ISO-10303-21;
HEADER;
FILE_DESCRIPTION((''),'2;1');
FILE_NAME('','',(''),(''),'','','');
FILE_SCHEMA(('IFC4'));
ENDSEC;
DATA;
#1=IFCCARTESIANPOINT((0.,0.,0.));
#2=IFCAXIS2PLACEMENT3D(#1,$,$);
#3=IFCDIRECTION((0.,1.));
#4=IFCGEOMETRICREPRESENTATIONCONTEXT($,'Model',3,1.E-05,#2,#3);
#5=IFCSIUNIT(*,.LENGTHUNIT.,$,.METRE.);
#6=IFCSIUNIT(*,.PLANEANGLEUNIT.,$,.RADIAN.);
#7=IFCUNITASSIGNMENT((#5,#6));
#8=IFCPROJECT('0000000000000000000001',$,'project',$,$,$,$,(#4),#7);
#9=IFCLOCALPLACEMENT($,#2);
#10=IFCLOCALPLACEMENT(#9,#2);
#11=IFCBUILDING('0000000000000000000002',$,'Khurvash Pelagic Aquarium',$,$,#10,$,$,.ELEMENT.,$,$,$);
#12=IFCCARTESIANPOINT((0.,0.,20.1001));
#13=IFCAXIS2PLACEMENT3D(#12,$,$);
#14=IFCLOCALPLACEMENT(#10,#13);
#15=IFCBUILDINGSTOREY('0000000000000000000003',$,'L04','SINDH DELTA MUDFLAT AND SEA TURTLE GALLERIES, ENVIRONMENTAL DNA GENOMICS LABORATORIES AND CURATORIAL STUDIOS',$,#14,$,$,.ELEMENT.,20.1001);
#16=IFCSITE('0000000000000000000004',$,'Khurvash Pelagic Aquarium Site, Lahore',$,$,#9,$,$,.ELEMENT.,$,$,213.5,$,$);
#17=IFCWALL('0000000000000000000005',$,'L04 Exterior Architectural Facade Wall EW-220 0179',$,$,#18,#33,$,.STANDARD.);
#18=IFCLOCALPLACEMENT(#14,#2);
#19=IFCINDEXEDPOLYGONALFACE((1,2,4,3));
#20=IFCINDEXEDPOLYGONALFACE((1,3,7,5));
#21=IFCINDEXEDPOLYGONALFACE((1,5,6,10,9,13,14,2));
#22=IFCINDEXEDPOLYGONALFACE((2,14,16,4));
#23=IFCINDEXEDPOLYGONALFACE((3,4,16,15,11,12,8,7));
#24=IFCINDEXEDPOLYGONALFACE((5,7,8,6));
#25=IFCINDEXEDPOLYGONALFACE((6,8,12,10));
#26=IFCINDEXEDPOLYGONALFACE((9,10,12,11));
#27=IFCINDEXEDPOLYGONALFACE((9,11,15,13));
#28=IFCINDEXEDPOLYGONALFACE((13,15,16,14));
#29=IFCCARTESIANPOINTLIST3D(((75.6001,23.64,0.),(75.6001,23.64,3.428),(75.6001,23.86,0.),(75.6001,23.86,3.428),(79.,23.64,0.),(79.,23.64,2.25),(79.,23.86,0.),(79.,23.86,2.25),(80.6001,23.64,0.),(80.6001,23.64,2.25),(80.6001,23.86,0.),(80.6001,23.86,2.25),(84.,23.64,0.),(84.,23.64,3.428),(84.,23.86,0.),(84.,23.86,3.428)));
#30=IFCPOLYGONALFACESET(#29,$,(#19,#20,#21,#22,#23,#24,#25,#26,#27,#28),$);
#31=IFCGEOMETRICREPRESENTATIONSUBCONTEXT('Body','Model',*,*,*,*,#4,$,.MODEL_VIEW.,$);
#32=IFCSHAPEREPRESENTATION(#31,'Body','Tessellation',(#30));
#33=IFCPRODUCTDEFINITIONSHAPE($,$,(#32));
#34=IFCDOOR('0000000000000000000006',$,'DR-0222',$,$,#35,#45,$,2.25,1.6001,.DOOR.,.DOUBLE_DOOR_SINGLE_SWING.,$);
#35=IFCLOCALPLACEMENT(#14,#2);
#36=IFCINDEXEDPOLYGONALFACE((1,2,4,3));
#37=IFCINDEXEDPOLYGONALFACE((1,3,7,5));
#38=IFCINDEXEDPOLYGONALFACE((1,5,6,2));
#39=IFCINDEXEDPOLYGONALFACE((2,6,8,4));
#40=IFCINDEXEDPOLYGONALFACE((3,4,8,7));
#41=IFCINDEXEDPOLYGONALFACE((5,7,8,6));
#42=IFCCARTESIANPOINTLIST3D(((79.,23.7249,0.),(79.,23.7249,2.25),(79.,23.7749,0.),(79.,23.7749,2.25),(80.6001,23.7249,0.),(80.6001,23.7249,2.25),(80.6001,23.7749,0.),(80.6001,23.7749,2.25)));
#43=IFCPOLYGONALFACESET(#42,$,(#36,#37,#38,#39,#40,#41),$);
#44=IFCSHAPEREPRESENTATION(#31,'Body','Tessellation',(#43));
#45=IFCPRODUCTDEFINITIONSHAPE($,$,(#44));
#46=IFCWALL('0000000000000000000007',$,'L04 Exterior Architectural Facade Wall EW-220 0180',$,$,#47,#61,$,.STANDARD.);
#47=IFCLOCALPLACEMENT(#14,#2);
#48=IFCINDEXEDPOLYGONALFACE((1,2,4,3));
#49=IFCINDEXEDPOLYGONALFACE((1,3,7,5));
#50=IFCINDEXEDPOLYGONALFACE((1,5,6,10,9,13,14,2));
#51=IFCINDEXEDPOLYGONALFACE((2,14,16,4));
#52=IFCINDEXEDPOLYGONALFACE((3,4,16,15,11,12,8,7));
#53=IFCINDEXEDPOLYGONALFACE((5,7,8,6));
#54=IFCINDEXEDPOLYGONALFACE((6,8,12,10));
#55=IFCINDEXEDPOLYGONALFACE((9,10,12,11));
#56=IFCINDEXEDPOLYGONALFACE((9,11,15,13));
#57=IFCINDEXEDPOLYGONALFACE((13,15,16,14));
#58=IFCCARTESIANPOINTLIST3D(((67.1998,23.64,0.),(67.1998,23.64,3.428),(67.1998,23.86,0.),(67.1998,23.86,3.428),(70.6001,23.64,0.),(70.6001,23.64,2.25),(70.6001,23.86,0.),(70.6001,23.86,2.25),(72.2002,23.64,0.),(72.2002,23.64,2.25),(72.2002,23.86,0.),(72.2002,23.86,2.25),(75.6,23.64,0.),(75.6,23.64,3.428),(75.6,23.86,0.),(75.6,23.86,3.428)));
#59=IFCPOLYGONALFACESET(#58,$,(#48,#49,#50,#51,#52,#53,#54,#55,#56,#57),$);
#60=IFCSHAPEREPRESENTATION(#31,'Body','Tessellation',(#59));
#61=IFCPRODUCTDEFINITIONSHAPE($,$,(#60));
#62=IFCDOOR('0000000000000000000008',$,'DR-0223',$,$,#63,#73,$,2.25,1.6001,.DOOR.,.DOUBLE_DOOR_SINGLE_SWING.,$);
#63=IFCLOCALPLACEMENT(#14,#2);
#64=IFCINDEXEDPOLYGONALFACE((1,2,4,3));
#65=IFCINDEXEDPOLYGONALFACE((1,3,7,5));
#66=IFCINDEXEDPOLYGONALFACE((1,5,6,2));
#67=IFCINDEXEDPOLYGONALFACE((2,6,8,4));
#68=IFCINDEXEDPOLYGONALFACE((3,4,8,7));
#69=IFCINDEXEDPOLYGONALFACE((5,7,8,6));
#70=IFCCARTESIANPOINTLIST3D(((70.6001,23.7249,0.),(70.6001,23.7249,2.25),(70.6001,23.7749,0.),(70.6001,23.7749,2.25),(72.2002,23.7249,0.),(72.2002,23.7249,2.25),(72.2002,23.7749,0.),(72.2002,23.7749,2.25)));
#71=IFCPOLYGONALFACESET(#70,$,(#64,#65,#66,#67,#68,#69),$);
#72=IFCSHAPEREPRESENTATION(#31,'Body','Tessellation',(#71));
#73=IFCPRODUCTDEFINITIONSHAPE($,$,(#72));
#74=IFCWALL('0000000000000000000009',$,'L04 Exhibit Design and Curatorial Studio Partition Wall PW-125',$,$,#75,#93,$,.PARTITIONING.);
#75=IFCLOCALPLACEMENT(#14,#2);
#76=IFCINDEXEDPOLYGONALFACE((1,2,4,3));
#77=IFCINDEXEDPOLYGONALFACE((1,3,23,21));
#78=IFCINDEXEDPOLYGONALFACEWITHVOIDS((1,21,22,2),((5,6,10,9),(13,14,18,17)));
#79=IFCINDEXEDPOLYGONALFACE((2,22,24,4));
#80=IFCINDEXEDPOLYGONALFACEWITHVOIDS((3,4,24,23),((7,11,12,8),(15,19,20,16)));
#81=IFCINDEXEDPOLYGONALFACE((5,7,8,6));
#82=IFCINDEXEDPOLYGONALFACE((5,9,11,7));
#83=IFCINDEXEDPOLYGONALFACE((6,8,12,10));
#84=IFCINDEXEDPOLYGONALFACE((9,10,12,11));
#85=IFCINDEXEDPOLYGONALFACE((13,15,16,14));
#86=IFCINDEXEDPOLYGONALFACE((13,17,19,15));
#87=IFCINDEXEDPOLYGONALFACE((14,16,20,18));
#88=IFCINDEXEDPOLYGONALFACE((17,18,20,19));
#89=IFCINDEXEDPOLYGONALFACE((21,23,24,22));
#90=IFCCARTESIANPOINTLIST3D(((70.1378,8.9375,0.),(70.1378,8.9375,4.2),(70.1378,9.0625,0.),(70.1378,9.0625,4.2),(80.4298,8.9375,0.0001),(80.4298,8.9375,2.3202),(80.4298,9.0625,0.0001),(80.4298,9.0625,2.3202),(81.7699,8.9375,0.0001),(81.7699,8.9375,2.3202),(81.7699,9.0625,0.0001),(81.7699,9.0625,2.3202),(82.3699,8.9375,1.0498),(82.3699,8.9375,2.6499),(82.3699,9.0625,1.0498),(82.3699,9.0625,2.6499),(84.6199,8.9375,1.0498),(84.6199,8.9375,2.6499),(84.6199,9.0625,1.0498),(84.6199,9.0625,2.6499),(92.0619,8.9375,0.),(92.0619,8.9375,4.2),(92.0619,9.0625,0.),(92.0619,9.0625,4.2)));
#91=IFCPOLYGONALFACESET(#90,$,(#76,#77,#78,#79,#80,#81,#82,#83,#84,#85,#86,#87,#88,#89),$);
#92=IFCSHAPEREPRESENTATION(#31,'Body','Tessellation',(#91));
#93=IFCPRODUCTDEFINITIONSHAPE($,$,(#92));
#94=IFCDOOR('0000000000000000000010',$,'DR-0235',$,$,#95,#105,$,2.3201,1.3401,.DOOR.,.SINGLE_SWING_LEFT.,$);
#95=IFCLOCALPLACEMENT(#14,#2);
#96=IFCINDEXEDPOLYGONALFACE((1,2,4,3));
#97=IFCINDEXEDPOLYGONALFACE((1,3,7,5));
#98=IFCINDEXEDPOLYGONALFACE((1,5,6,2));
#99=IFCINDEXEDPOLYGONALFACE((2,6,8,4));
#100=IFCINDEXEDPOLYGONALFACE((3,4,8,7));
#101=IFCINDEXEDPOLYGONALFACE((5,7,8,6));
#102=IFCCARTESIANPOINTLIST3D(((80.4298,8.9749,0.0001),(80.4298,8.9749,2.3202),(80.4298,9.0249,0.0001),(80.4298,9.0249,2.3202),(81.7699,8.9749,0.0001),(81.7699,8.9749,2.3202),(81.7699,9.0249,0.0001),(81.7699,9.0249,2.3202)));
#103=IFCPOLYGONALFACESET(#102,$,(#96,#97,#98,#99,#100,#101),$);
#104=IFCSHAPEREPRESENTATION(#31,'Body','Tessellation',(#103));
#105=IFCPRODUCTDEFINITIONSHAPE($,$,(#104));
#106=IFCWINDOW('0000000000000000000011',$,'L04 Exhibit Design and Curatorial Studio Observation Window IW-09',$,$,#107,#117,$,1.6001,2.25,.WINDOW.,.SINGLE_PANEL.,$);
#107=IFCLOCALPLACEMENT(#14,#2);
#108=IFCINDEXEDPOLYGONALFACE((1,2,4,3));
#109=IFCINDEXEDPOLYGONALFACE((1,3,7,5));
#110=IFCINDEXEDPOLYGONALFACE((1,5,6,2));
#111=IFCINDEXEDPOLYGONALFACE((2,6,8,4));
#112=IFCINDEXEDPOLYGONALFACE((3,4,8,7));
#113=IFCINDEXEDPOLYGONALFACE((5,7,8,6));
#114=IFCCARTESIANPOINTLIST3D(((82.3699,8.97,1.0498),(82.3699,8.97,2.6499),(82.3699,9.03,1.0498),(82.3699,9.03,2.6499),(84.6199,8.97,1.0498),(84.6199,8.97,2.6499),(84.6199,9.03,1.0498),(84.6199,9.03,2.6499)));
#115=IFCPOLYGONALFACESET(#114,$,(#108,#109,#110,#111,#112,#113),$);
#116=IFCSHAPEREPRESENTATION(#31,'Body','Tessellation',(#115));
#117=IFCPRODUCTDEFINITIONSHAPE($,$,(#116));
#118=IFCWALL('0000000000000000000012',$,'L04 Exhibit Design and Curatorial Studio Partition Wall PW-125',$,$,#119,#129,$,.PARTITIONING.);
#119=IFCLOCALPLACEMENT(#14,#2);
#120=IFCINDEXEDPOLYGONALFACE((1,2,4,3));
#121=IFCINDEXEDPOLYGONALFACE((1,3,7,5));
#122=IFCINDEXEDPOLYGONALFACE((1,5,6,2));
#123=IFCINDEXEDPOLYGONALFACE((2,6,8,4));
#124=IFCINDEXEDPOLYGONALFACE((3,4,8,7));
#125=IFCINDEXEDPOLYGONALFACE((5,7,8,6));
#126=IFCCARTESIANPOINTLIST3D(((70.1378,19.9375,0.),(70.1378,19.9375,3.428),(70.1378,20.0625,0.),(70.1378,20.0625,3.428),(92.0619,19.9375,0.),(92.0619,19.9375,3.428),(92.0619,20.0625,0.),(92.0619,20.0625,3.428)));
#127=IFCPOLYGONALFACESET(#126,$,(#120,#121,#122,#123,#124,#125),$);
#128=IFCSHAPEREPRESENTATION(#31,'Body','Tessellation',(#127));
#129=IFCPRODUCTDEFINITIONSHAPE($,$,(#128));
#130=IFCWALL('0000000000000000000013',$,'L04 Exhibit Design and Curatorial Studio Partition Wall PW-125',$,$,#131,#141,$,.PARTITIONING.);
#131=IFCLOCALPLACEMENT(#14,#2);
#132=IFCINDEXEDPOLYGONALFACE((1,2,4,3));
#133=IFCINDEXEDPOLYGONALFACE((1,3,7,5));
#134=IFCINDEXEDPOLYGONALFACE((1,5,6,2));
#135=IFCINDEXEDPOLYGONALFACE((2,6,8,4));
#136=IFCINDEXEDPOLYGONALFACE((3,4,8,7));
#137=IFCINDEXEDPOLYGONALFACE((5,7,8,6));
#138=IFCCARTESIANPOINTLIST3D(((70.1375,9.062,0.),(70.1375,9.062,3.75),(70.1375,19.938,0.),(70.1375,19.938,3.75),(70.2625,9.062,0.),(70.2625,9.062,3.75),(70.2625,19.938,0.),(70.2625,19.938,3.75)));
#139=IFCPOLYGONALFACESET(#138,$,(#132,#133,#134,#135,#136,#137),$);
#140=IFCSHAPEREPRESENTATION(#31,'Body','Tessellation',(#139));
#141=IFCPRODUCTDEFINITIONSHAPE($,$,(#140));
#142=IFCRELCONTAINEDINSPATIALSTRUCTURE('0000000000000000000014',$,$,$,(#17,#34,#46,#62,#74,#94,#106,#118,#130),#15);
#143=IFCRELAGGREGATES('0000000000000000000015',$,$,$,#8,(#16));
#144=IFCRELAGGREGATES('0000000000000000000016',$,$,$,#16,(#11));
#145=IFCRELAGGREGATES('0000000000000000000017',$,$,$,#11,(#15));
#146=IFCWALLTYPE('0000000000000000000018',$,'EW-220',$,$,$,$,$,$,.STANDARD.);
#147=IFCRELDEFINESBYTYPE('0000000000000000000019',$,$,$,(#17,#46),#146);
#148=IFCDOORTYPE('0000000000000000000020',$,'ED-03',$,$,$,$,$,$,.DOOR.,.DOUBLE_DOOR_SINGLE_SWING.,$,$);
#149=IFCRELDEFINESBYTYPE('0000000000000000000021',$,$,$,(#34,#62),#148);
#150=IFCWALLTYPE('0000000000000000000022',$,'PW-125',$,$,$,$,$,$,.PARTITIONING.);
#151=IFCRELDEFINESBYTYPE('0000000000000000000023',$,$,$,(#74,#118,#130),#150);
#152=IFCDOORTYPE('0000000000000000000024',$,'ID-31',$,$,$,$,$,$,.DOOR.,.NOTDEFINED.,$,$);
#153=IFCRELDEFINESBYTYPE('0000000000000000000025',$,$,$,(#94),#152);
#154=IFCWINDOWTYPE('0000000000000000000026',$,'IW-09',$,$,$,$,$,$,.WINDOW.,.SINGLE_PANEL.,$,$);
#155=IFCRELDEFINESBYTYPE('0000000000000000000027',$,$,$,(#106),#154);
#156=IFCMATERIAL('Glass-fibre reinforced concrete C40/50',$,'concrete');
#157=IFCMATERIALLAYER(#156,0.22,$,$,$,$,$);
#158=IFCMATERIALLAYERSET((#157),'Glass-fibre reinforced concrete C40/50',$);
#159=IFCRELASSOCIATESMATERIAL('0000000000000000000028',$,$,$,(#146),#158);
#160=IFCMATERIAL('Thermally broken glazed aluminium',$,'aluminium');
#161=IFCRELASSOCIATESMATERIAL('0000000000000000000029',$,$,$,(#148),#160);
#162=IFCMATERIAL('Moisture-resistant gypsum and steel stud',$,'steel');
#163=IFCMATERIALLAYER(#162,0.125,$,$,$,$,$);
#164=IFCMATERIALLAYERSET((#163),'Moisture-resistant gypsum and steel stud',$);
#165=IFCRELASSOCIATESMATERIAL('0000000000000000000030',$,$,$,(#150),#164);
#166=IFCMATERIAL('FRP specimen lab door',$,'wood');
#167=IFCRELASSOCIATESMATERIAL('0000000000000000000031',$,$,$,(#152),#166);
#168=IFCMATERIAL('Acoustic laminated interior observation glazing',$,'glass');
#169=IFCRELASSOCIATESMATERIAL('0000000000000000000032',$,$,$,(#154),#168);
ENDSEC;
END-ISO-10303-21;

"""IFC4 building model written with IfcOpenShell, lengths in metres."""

from ifc_helpers import new_model, si_unit, direction, frame, frame_2d, origin, place, context, subcontext, project, spatial, rectangle, extrude, material, layer, layer_set, type_object, element, fill, save


model = new_model("IFC4")

# Units and contexts
model_context = context("Model", 3, precision=1e-05, world=origin(), true_north=direction((0.0, 1.0)))
body_context = subcontext(model_context, "Body", "Model", "MODEL_VIEW")
ifc_project = project(units=[si_unit("LENGTHUNIT", "METRE"), si_unit("PLANEANGLEUNIT", "RADIAN")], contexts=[model_context])

# Site, building, storey
site_placement = place(None, origin())
site = spatial("IfcSite", under=ifc_project, at=site_placement, Name="Khurvash Pelagic Aquarium Site, Lahore", CompositionType="ELEMENT", RefElevation=213.5)
building_placement = place(site_placement, origin())
building = spatial("IfcBuilding", under=site, at=building_placement, Name="Khurvash Pelagic Aquarium", CompositionType="ELEMENT")
storey_placement = place(building_placement, frame((0.0, 0.0, 20.1001)))
storey = spatial("IfcBuildingStorey", under=building, at=storey_placement, Name="L04", Description="SINDH DELTA MUDFLAT AND SEA TURTLE GALLERIES, ENVIRONMENTAL DNA GENOMICS LABORATORIES AND CURATORIAL STUDIOS", CompositionType="ELEMENT", Elevation=20.1001)

# Walls, openings, doors
ifc_material_1 = material(Name="Glass-fibre reinforced concrete C40/50", Category="concrete")
ifc_layer_1 = layer(ifc_material_1, 0.22)
ifc_layer_set_1 = layer_set([ifc_layer_1], Name="Glass-fibre reinforced concrete C40/50")
wall_type_1 = type_object("IfcWallType", Name="EW-220", PredefinedType="STANDARD", material=ifc_layer_set_1)
wall_1_placement = place(storey_placement, frame((84.0, 23.75, 0.0), z_axis=(0.0, 0.0, 1.0), x_axis=(-1.0, 0.0, 0.0)))
wall_1 = element("IfcWall", 1, at=wall_1_placement, inside=storey, type_object=wall_type_1, Name="L04 Exterior Architectural Facade Wall EW-220 0179", PredefinedType="STANDARD", context=body_context, shape_type="SweptSolid", body=[
    extrude(rectangle(XDim=8.3999, YDim=0.22, at=frame_2d((4.2, 0.0))), origin(), (0.0, 0.0, 1.0), 3.428),
])
opening_1_placement = place(wall_1_placement, frame((3.3999, 0.0, 0.0)))
opening_1 = element("IfcOpeningElement", 2, at=opening_1_placement, cuts=wall_1, PredefinedType="OPENING", context=body_context, shape_type="SweptSolid", body=[
    extrude(rectangle(XDim=1.6001, YDim=2.25, at=frame_2d((0.8, 1.125))), frame((0.0, 0.1201, 0.0), z_axis=(0.0, -1.0, 0.0), x_axis=(1.0, 0.0, 0.0)), (0.0, 0.0, 1.0), 0.24),
])
ifc_material_2 = material(Name="Thermally broken glazed aluminium", Category="aluminium")
door_type_1 = type_object("IfcDoorType", Name="ED-03", OperationType="DOUBLE_DOOR_SINGLE_SWING", PredefinedType="DOOR", material=ifc_material_2)
door_1_placement = place(opening_1_placement, frame((1.6001, 0.0, 0.0), z_axis=(0.0, 0.0, 1.0), x_axis=(-1.0, 0.0, 0.0)))
door_1 = element("IfcDoor", 3, at=door_1_placement, inside=storey, type_object=door_type_1, Name="DR-0222", OperationType="DOUBLE_DOOR_SINGLE_SWING", OverallHeight=2.25, OverallWidth=1.6001, PredefinedType="DOOR", context=body_context, shape_type="SweptSolid", body=[
    extrude(rectangle(XDim=1.6001, YDim=2.25, at=frame_2d((0.8, 1.125))), frame((0.0, 0.0249, 0.0), z_axis=(0.0, -1.0, 0.0), x_axis=(1.0, 0.0, 0.0)), (0.0, 0.0, 1.0), 0.05),
])
fill(opening_1, door_1)
wall_2_placement = place(storey_placement, frame((75.6001, 23.75, 0.0), z_axis=(0.0, 0.0, 1.0), x_axis=(-1.0, 0.0, 0.0)))
wall_2 = element("IfcWall", 4, at=wall_2_placement, inside=storey, type_object=wall_type_1, Name="L04 Exterior Architectural Facade Wall EW-220 0180", PredefinedType="STANDARD", context=body_context, shape_type="SweptSolid", body=[
    extrude(rectangle(XDim=8.4001, YDim=0.22, at=frame_2d((4.2002, 0.0))), origin(), (0.0, 0.0, 1.0), 3.428),
])
opening_2_placement = place(wall_2_placement, frame((3.3999, 0.0, 0.0)))
opening_2 = element("IfcOpeningElement", 5, at=opening_2_placement, cuts=wall_2, PredefinedType="OPENING", context=body_context, shape_type="SweptSolid", body=[
    extrude(rectangle(XDim=1.6001, YDim=2.25, at=frame_2d((0.8, 1.125))), frame((0.0, 0.1201, 0.0), z_axis=(0.0, -1.0, 0.0), x_axis=(1.0, 0.0, 0.0)), (0.0, 0.0, 1.0), 0.24),
])
door_2_placement = place(opening_2_placement, frame((1.6001, 0.0, 0.0), z_axis=(0.0, 0.0, 1.0), x_axis=(-1.0, 0.0, 0.0)))
door_2 = element("IfcDoor", 6, at=door_2_placement, inside=storey, type_object=door_type_1, Name="DR-0223", OperationType="DOUBLE_DOOR_SINGLE_SWING", OverallHeight=2.25, OverallWidth=1.6001, PredefinedType="DOOR", context=body_context, shape_type="SweptSolid", body=[
    extrude(rectangle(XDim=1.6001, YDim=2.25, at=frame_2d((0.8, 1.125))), frame((0.0, 0.0249, 0.0), z_axis=(0.0, -1.0, 0.0), x_axis=(1.0, 0.0, 0.0)), (0.0, 0.0, 1.0), 0.05),
])
fill(opening_2, door_2)

# Wall, openings, door, window
ifc_material_3 = material(Name="Moisture-resistant gypsum and steel stud", Category="steel")
ifc_layer_2 = layer(ifc_material_3, 0.125)
ifc_layer_set_2 = layer_set([ifc_layer_2], Name="Moisture-resistant gypsum and steel stud")
wall_type_2 = type_object("IfcWallType", Name="PW-125", PredefinedType="PARTITIONING", material=ifc_layer_set_2)
wall_3_placement = place(storey_placement, frame((70.1379, 9.0, 0.0), z_axis=(0.0, 0.0, 1.0), x_axis=(1.0, 0.0, 0.0)))
wall_3 = element("IfcWall", 7, at=wall_3_placement, inside=storey, type_object=wall_type_2, Name="L04 Exhibit Design and Curatorial Studio Partition Wall PW-125", PredefinedType="PARTITIONING", context=body_context, shape_type="SweptSolid", body=[
    extrude(rectangle(XDim=21.9241, YDim=0.125, at=frame_2d((10.9619, 0.0))), origin(), (0.0, 0.0, 1.0), 4.2),
])
opening_3_placement = place(wall_3_placement, frame((10.292, 0.0, 0.0)))
opening_3 = element("IfcOpeningElement", 8, at=opening_3_placement, cuts=wall_3, PredefinedType="OPENING", context=body_context, shape_type="SweptSolid", body=[
    extrude(rectangle(XDim=1.3401, YDim=2.3201, at=frame_2d((0.6699, 1.1602))), frame((0.0, 0.0725, 0.0), z_axis=(0.0, -1.0, 0.0), x_axis=(1.0, 0.0, 0.0)), (0.0, 0.0, 1.0), 0.145),
])
opening_4_placement = place(wall_3_placement, frame((12.2319, 0.0, 1.0498)))
opening_4 = element("IfcOpeningElement", 9, at=opening_4_placement, cuts=wall_3, PredefinedType="OPENING", context=body_context, shape_type="SweptSolid", body=[
    extrude(rectangle(XDim=2.25, YDim=1.6001, at=frame_2d((1.125, 0.8))), frame((0.0, 0.0725, 0.0), z_axis=(0.0, -1.0, 0.0), x_axis=(1.0, 0.0, 0.0)), (0.0, 0.0, 1.0), 0.145),
])
ifc_material_4 = material(Name="FRP specimen lab door", Category="wood")
door_type_2 = type_object("IfcDoorType", Name="ID-31", OperationType="NOTDEFINED", PredefinedType="DOOR", material=ifc_material_4)
door_3_placement = place(opening_3_placement, origin())
door_3 = element("IfcDoor", 10, at=door_3_placement, inside=storey, type_object=door_type_2, Name="DR-0235", OperationType="SINGLE_SWING_LEFT", OverallHeight=2.3201, OverallWidth=1.3401, PredefinedType="DOOR", context=body_context, shape_type="SweptSolid", body=[
    extrude(rectangle(XDim=1.3401, YDim=2.3201, at=frame_2d((0.6699, 1.1602))), frame((0.0, 0.0249, 0.0), z_axis=(0.0, -1.0, 0.0), x_axis=(1.0, 0.0, 0.0)), (0.0, 0.0, 1.0), 0.05),
])
fill(opening_3, door_3)
ifc_material_5 = material(Name="Acoustic laminated interior observation glazing", Category="glass")
window_type = type_object("IfcWindowType", Name="IW-09", PartitioningType="SINGLE_PANEL", PredefinedType="WINDOW", material=ifc_material_5)
window_placement = place(opening_4_placement, origin())
window = element("IfcWindow", 11, at=window_placement, inside=storey, type_object=window_type, Name="L04 Exhibit Design and Curatorial Studio Observation Window IW-09", OverallHeight=1.6001, OverallWidth=2.25, PartitioningType="SINGLE_PANEL", PredefinedType="WINDOW", context=body_context, shape_type="SweptSolid", body=[
    extrude(rectangle(XDim=2.25, YDim=1.6001, at=frame_2d((1.125, 0.8))), frame((0.0, 0.03, 0.0), z_axis=(0.0, -1.0, 0.0), x_axis=(1.0, 0.0, 0.0)), (0.0, 0.0, 1.0), 0.0601),
])
fill(opening_4, window)

# Walls
wall_4_placement = place(storey_placement, frame((70.1379, 20.0, 0.0), z_axis=(0.0, 0.0, 1.0), x_axis=(1.0, 0.0, 0.0)))
element("IfcWall", 12, at=wall_4_placement, inside=storey, type_object=wall_type_2, Name="L04 Exhibit Design and Curatorial Studio Partition Wall PW-125", PredefinedType="PARTITIONING", context=body_context, shape_type="SweptSolid", body=[
    extrude(rectangle(XDim=21.9241, YDim=0.125, at=frame_2d((10.9619, 0.0))), origin(), (0.0, 0.0, 1.0), 3.428),
])
wall_5_placement = place(storey_placement, frame((70.2, 9.062, 0.0), z_axis=(0.0, 0.0, 1.0), x_axis=(0.0, 1.0, 0.0)))
element("IfcWall", 13, at=wall_5_placement, inside=storey, type_object=wall_type_2, Name="L04 Exhibit Design and Curatorial Studio Partition Wall PW-125", PredefinedType="PARTITIONING", context=body_context, shape_type="SweptSolid", body=[
    extrude(rectangle(XDim=10.876, YDim=0.125, at=frame_2d((5.438, 0.0))), origin(), (0.0, 0.0, 1.0), 3.75),
])

save(model, "model.ifc")
